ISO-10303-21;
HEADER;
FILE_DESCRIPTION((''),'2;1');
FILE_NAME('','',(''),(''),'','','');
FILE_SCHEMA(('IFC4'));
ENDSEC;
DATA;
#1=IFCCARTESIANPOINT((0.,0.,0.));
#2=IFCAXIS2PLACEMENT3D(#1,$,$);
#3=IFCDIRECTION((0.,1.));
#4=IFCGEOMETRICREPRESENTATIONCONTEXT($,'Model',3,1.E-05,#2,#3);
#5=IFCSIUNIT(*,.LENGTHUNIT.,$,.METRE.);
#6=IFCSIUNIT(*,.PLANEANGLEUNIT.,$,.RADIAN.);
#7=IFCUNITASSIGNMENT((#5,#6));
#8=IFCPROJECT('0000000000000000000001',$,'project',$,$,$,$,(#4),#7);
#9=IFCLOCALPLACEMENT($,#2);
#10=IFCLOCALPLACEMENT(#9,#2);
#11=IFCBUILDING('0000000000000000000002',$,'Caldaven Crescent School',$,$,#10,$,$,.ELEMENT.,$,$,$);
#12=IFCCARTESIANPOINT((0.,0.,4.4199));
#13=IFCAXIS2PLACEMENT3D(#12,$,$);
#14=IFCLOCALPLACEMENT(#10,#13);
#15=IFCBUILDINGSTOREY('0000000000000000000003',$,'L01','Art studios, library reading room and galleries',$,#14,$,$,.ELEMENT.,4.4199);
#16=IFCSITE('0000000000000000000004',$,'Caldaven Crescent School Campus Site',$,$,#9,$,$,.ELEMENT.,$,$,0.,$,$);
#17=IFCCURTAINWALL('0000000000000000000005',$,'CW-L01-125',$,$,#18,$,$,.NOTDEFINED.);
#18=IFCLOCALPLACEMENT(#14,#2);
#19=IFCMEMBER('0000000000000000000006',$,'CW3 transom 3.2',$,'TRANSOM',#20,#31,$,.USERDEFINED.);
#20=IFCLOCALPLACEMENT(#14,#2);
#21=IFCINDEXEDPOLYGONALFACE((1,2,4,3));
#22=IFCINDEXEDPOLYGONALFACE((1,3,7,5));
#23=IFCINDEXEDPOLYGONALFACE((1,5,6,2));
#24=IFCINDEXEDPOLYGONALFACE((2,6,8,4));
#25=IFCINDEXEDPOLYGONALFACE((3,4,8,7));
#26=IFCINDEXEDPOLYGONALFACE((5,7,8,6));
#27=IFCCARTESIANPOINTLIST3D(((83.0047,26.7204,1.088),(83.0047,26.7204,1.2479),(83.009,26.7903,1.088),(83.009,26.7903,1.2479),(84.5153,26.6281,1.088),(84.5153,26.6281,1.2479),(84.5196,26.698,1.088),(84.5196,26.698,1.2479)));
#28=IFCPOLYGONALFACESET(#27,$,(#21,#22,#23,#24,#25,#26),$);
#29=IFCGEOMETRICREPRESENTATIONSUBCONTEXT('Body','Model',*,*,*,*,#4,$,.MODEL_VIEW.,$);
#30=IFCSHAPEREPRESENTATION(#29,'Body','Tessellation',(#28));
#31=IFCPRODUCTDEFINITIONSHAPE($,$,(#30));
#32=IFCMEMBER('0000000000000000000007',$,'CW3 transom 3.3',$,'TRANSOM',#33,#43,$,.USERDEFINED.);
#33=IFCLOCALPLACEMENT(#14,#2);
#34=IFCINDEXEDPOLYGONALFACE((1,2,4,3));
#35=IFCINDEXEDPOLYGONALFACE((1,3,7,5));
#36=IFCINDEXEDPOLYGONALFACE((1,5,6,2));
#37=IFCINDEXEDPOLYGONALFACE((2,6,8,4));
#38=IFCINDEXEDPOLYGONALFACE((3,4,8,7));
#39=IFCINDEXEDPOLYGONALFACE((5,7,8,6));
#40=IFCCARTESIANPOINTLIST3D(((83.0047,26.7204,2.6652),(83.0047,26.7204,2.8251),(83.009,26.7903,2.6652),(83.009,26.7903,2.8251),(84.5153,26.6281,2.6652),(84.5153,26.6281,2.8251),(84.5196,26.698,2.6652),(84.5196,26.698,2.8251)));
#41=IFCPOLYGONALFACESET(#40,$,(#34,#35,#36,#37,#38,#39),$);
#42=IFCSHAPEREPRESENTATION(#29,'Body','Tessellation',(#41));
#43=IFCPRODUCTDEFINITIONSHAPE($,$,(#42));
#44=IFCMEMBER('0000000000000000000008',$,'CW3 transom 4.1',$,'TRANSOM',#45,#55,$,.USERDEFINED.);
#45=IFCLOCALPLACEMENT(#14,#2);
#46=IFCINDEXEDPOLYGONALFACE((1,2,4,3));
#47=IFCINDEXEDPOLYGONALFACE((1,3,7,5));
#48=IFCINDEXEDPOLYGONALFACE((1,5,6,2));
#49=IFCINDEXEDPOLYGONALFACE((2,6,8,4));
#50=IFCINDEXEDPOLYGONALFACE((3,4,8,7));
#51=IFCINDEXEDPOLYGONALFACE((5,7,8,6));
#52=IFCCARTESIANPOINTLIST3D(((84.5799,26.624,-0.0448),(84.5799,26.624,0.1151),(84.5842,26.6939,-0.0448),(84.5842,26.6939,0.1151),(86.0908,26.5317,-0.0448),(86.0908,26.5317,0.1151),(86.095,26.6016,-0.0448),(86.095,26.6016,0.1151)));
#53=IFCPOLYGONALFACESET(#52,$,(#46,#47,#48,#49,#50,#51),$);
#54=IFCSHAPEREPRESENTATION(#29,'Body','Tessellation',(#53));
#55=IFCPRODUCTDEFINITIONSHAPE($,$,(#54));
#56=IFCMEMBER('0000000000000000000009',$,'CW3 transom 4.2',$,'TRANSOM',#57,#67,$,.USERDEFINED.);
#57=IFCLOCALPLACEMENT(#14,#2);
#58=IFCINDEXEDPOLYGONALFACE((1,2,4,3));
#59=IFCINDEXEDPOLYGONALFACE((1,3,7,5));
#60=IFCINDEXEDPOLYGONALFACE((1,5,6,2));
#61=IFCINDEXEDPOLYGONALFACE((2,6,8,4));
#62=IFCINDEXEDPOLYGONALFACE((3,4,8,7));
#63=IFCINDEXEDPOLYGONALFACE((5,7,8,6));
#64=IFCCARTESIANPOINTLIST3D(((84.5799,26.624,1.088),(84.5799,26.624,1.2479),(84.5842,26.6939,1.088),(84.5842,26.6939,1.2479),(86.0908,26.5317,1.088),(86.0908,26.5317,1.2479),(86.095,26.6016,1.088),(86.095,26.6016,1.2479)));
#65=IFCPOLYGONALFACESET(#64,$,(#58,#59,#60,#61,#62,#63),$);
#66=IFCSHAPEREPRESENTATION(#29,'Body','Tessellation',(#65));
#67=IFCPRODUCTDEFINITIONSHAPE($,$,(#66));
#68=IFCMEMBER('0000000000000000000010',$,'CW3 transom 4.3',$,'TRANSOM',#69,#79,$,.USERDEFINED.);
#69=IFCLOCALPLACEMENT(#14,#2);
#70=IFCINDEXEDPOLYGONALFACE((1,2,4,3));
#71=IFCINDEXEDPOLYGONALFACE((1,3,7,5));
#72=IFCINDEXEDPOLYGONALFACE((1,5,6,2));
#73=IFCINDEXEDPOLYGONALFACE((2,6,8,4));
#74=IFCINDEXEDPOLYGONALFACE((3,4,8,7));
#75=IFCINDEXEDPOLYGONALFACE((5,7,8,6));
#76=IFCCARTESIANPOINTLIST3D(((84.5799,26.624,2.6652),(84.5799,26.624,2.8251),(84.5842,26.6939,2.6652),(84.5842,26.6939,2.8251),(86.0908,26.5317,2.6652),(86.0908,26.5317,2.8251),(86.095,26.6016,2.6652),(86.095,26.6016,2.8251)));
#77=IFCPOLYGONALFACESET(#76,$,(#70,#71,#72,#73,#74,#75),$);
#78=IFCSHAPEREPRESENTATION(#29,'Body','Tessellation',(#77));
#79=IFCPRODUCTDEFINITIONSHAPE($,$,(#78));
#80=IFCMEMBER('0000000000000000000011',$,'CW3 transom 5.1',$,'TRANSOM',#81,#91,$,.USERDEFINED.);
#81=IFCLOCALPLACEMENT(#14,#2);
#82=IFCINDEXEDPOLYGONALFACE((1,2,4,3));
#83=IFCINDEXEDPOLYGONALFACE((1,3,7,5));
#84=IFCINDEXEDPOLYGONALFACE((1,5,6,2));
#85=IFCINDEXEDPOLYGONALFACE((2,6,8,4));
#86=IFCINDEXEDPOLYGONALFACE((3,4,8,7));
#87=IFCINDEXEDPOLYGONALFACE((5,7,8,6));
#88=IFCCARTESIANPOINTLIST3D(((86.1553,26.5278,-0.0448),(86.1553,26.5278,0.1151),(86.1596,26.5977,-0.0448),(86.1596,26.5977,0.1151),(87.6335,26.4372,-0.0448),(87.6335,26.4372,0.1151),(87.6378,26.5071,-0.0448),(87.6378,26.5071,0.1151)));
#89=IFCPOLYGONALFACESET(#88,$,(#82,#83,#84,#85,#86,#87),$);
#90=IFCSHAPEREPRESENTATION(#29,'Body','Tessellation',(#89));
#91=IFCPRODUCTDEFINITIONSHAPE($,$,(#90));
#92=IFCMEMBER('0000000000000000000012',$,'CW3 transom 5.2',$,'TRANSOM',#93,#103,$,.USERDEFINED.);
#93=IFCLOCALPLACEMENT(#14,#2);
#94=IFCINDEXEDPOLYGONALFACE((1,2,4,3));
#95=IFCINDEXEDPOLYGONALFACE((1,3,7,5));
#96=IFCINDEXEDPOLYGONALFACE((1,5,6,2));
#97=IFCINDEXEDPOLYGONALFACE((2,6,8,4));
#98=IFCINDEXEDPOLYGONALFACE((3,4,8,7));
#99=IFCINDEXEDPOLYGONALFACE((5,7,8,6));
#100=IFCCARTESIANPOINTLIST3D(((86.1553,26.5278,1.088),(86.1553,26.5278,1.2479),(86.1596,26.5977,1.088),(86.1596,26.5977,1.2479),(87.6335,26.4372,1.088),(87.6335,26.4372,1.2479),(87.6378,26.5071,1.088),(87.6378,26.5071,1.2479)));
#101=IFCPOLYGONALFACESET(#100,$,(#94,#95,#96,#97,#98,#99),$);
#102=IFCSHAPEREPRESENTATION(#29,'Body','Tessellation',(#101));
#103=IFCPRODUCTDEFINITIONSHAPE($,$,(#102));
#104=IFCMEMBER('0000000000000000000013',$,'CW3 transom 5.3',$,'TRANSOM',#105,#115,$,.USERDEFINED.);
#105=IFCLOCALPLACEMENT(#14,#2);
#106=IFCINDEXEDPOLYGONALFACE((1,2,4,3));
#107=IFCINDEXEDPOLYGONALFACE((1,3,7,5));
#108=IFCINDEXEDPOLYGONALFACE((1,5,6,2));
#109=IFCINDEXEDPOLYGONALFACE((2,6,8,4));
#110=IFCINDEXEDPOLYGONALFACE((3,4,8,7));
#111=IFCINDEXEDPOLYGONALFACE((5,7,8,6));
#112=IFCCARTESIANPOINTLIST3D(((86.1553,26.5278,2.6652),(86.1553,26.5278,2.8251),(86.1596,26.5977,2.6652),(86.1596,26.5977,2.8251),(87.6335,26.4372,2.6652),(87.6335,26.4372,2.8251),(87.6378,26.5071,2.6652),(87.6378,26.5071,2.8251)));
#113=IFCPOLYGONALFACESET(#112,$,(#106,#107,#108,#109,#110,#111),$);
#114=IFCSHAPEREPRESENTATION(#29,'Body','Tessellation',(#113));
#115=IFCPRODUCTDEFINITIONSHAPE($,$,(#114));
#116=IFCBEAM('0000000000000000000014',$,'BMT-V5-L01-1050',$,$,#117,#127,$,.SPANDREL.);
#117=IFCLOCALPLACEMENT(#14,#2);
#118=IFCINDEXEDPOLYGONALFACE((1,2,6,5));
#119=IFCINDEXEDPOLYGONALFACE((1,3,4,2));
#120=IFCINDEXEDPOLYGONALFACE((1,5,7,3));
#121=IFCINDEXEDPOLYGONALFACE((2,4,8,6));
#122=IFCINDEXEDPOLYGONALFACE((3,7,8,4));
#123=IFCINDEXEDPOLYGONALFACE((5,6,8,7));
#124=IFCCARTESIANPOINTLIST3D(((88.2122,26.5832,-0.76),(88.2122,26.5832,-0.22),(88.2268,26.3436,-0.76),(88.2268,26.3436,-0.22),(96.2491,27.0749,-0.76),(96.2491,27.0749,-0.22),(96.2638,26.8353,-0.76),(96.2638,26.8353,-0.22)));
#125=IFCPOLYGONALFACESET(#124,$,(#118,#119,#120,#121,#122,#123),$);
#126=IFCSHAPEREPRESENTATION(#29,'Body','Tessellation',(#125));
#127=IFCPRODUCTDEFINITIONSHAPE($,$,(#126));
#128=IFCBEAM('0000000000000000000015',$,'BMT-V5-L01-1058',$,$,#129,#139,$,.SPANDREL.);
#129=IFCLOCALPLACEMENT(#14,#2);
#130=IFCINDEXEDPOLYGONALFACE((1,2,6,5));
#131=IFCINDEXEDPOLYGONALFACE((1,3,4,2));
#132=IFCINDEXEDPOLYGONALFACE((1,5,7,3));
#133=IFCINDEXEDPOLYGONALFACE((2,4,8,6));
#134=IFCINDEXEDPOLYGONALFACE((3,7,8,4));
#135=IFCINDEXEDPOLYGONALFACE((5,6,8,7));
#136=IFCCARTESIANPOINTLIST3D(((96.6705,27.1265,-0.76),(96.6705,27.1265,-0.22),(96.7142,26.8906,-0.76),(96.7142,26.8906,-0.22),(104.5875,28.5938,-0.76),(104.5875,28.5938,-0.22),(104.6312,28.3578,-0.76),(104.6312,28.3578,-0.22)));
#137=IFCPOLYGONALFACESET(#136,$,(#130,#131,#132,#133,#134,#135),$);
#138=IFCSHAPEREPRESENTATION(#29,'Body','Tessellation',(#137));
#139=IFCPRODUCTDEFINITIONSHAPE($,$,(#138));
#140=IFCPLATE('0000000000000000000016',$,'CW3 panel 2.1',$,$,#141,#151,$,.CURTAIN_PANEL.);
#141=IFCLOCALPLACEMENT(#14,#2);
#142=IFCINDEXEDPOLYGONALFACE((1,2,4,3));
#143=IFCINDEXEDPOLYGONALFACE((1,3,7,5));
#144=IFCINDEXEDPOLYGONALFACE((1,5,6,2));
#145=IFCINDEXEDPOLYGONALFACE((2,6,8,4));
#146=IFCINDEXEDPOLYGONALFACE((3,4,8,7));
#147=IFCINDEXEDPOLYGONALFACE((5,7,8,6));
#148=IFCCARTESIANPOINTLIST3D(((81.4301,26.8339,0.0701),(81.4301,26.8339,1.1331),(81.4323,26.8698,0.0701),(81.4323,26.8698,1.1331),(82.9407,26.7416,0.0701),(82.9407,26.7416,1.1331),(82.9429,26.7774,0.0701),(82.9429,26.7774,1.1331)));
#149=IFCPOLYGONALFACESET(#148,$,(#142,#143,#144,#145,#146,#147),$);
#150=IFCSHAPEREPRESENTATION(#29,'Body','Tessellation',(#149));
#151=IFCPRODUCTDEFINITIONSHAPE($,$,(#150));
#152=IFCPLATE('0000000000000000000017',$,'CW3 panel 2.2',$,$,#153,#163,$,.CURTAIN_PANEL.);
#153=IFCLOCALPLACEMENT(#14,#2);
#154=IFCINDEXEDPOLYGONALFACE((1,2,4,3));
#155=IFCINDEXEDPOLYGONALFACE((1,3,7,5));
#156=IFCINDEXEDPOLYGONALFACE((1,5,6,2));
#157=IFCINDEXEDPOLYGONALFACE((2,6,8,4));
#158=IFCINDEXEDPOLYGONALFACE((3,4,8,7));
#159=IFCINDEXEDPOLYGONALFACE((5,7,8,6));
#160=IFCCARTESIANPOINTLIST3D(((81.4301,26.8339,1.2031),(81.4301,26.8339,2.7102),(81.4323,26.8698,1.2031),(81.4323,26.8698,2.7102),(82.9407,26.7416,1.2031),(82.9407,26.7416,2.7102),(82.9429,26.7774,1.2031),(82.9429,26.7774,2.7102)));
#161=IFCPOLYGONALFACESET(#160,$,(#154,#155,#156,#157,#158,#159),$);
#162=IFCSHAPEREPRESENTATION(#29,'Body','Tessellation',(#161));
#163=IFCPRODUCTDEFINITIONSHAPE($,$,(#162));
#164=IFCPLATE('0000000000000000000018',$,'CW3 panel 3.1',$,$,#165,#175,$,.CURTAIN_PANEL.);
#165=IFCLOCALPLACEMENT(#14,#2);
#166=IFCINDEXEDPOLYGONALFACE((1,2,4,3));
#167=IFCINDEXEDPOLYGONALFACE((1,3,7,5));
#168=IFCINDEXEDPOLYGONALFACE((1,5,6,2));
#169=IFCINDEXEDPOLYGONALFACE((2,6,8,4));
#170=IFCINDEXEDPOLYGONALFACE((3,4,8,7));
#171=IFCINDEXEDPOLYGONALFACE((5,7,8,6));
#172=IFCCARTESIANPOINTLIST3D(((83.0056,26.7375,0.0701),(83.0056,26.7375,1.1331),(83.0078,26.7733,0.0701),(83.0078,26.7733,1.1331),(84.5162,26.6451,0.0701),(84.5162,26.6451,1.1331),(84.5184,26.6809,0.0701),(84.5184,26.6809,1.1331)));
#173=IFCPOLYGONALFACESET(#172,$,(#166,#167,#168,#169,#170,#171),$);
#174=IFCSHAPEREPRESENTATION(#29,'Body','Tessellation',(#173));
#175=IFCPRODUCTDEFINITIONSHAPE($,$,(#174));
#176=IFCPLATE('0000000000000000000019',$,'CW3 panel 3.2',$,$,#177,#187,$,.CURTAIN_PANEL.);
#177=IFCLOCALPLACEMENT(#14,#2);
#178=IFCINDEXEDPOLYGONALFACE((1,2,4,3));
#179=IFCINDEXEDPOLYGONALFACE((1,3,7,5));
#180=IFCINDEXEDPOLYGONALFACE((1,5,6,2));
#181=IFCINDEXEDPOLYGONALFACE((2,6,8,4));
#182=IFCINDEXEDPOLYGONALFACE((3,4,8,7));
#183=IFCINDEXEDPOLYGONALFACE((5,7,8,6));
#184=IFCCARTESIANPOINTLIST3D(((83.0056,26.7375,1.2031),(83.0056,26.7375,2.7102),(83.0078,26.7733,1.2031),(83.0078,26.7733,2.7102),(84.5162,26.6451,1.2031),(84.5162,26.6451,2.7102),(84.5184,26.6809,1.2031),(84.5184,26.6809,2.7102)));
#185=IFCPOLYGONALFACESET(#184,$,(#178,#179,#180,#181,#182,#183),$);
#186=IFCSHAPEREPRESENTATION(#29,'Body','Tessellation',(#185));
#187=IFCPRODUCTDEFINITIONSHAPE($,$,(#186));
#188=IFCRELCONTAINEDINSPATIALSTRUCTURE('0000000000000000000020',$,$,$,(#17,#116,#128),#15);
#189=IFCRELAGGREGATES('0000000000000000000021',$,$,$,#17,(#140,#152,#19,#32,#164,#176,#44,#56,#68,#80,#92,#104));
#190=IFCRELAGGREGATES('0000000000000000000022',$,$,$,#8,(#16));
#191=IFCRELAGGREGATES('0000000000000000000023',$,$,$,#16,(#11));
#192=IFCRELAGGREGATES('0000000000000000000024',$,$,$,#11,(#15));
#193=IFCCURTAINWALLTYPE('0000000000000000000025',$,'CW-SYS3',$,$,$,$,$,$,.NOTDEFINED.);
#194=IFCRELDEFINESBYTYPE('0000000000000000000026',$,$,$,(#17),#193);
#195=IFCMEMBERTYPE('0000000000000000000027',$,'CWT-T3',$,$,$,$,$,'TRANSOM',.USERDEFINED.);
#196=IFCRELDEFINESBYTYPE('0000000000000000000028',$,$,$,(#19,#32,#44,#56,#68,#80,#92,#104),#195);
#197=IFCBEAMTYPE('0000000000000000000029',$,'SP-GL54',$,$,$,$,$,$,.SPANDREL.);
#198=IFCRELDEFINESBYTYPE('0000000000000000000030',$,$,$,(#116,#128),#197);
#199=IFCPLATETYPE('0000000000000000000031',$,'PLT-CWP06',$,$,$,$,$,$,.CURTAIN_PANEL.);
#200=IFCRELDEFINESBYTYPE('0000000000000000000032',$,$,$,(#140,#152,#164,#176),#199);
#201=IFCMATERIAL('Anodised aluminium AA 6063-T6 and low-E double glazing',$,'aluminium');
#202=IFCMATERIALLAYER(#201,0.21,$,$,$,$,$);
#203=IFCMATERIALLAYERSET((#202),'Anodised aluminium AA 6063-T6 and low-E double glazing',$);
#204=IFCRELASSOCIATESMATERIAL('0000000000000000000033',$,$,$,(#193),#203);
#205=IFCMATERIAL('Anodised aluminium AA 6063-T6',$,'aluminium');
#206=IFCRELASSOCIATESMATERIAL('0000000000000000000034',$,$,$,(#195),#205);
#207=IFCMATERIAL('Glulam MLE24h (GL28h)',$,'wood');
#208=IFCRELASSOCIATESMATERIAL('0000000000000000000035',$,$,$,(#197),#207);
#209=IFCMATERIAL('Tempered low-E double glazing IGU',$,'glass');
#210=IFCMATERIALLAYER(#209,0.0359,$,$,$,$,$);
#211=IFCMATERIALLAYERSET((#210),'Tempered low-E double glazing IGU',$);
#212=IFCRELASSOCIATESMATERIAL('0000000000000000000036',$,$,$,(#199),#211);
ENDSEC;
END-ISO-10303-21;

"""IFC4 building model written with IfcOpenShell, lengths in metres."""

from ifc_helpers import new_model, si_unit, direction, frame, origin, origin_2d, place, context, subcontext, project, spatial, rectangle, extrude, material, layer, layer_set, material_profile, profile_set, type_object, element, aggregate, save


model = new_model("IFC4")

# Units and contexts
model_context = context("Model", 3, precision=1e-05, world=origin(), true_north=direction((0.0, 1.0)))
body_context = subcontext(model_context, "Body", "Model", "MODEL_VIEW")
ifc_project = project(units=[si_unit("LENGTHUNIT", "METRE"), si_unit("PLANEANGLEUNIT", "RADIAN")], contexts=[model_context])

# Site, building, storey
site_placement = place(None, origin())
site = spatial("IfcSite", under=ifc_project, at=site_placement, Name="Caldaven Crescent School Campus Site", CompositionType="ELEMENT", RefElevation=0.0)
building_placement = place(site_placement, origin())
building = spatial("IfcBuilding", under=site, at=building_placement, Name="Caldaven Crescent School", CompositionType="ELEMENT")
storey_placement = place(building_placement, frame((0.0, 0.0, 4.4199)))
storey = spatial("IfcBuildingStorey", under=building, at=storey_placement, Name="L01", Description="Art studios, library reading room and galleries", CompositionType="ELEMENT", Elevation=4.4199)

# Shared definitions
ifc_material_1 = material(Name="Glulam MLE24h (GL28h)", Category="wood")

# Shared definitions
ifc_material_2 = material(Name="Anodised aluminium AA 6063-T6 and low-E double glazing", Category="aluminium")
ifc_material_3 = material(Name="Anodised aluminium AA 6063-T6", Category="aluminium")

# Curtain wall
ifc_layer_1 = layer(ifc_material_2, 0.21)
ifc_layer_set_1 = layer_set([ifc_layer_1], Name="Anodised aluminium AA 6063-T6 and low-E double glazing")
curtain_wall_type_1 = type_object("IfcCurtainWallType", Name="CW-SYS3", PredefinedType="NOTDEFINED", material=ifc_layer_set_1)
curtain_wall_1_placement = place(storey_placement, origin())
curtain_wall_1 = element("IfcCurtainWall", 1, at=curtain_wall_1_placement, inside=storey, type_object=curtain_wall_type_1, Name="CW-L01-125", PredefinedType="NOTDEFINED")

# Members
ifc_material_profile_1 = material_profile(ifc_material_3, rectangle(XDim=0.0701, YDim=0.1599, at=origin_2d()), Name="CWT 70x160")
ifc_profile_set_1 = profile_set([ifc_material_profile_1], Name="Anodised aluminium AA 6063-T6")
member_type_1 = type_object("IfcMemberType", Name="CWT-T3", ElementType="TRANSOM", PredefinedType="USERDEFINED", material=ifc_profile_set_1)
member_1_placement = place(storey_placement, frame((83.0068, 26.7554, 1.168), z_axis=(0.998139, -0.060982, 0.0), x_axis=(0.060982, 0.998139, 0.0)))
member_1 = element("IfcMember", 2, at=member_1_placement, type_object=member_type_1, Name="CW3 transom 3.2", ObjectType="TRANSOM", PredefinedType="USERDEFINED", context=body_context, shape_type="SweptSolid", body=[
    extrude(rectangle(XDim=0.0701, YDim=0.1599, at=origin_2d()), origin(), (0.0, 0.0, 1.0), 1.5134),
])
member_2_placement = place(storey_placement, frame((83.0068, 26.7554, 2.7451), z_axis=(0.998139, -0.060982, 0.0), x_axis=(0.060982, 0.998139, 0.0)))
member_2 = element("IfcMember", 3, at=member_2_placement, type_object=member_type_1, Name="CW3 transom 3.3", ObjectType="TRANSOM", PredefinedType="USERDEFINED", context=body_context, shape_type="SweptSolid", body=[
    extrude(rectangle(XDim=0.0701, YDim=0.1599, at=origin_2d()), origin(), (0.0, 0.0, 1.0), 1.5134),
])
member_3_placement = place(storey_placement, frame((84.582, 26.6589, 0.0352), z_axis=(0.998139, -0.060972, 0.0), x_axis=(0.060972, 0.998139, 0.0)))
member_3 = element("IfcMember", 4, at=member_3_placement, type_object=member_type_1, Name="CW3 transom 4.1", ObjectType="TRANSOM", PredefinedType="USERDEFINED", context=body_context, shape_type="SweptSolid", body=[
    extrude(rectangle(XDim=0.0701, YDim=0.1599, at=origin_2d()), origin(), (0.0, 0.0, 1.0), 1.5137),
])
member_4_placement = place(storey_placement, frame((84.582, 26.6589, 1.168), z_axis=(0.998139, -0.060972, 0.0), x_axis=(0.060972, 0.998139, 0.0)))
member_4 = element("IfcMember", 5, at=member_4_placement, type_object=member_type_1, Name="CW3 transom 4.2", ObjectType="TRANSOM", PredefinedType="USERDEFINED", context=body_context, shape_type="SweptSolid", body=[
    extrude(rectangle(XDim=0.0701, YDim=0.1599, at=origin_2d()), origin(), (0.0, 0.0, 1.0), 1.5137),
])
member_5_placement = place(storey_placement, frame((84.582, 26.6589, 2.7451), z_axis=(0.998139, -0.060972, 0.0), x_axis=(0.060972, 0.998139, 0.0)))
member_5 = element("IfcMember", 6, at=member_5_placement, type_object=member_type_1, Name="CW3 transom 4.3", ObjectType="TRANSOM", PredefinedType="USERDEFINED", context=body_context, shape_type="SweptSolid", body=[
    extrude(rectangle(XDim=0.0701, YDim=0.1599, at=origin_2d()), origin(), (0.0, 0.0, 1.0), 1.5137),
])
member_6_placement = place(storey_placement, frame((86.1575, 26.5627, 0.0352), z_axis=(0.998128, -0.061157, 0.0), x_axis=(0.061157, 0.998128, 0.0)))
member_6 = element("IfcMember", 7, at=member_6_placement, type_object=member_type_1, Name="CW3 transom 5.1", ObjectType="TRANSOM", PredefinedType="USERDEFINED", context=body_context, shape_type="SweptSolid", body=[
    extrude(rectangle(XDim=0.0701, YDim=0.1599, at=origin_2d()), origin(), (0.0, 0.0, 1.0), 1.481),
])
member_7_placement = place(storey_placement, frame((86.1575, 26.5627, 1.168), z_axis=(0.998128, -0.061157, 0.0), x_axis=(0.061157, 0.998128, 0.0)))
member_7 = element("IfcMember", 8, at=member_7_placement, type_object=member_type_1, Name="CW3 transom 5.2", ObjectType="TRANSOM", PredefinedType="USERDEFINED", context=body_context, shape_type="SweptSolid", body=[
    extrude(rectangle(XDim=0.0701, YDim=0.1599, at=origin_2d()), origin(), (0.0, 0.0, 1.0), 1.481),
])
member_8_placement = place(storey_placement, frame((86.1575, 26.5627, 2.7451), z_axis=(0.998128, -0.061157, 0.0), x_axis=(0.061157, 0.998128, 0.0)))
member_8 = element("IfcMember", 9, at=member_8_placement, type_object=member_type_1, Name="CW3 transom 5.3", ObjectType="TRANSOM", PredefinedType="USERDEFINED", context=body_context, shape_type="SweptSolid", body=[
    extrude(rectangle(XDim=0.0701, YDim=0.1599, at=origin_2d()), origin(), (0.0, 0.0, 1.0), 1.481),
])

# Beams
ifc_material_profile_2 = material_profile(ifc_material_1, rectangle(XDim=0.24, YDim=0.54, at=origin_2d()), Name="MLE 240x540")
ifc_profile_set_2 = profile_set([ifc_material_profile_2], Name="Glulam MLE24h (GL28h)")
beam_type = type_object("IfcBeamType", Name="SP-GL54", PredefinedType="SPANDREL", material=ifc_profile_set_2)
beam_1_placement = place(storey_placement, frame((88.2195, 26.4634, -0.49), z_axis=(0.998134, 0.061066, 0.0), x_axis=(-0.061066, 0.998134, 0.0)))
element("IfcBeam", 10, at=beam_1_placement, inside=storey, type_object=beam_type, Name="BMT-V5-L01-1050", PredefinedType="SPANDREL", context=body_context, shape_type="SweptSolid", body=[
    extrude(rectangle(XDim=0.24, YDim=0.54, at=origin_2d()), origin(), (0.0, 0.0, 1.0), 8.052),
])
beam_2_placement = place(storey_placement, frame((96.6924, 27.0085, -0.49), z_axis=(0.983256, 0.18223, 0.0), x_axis=(-0.18223, 0.983256, 0.0)))
element("IfcBeam", 11, at=beam_2_placement, inside=storey, type_object=beam_type, Name="BMT-V5-L01-1058", PredefinedType="SPANDREL", context=body_context, shape_type="SweptSolid", body=[
    extrude(rectangle(XDim=0.24, YDim=0.54, at=origin_2d()), origin(), (0.0, 0.0, 1.0), 8.0518),
])

# Plates
ifc_material_4 = material(Name="Tempered low-E double glazing IGU", Category="glass")
ifc_layer_2 = layer(ifc_material_4, 0.0359)
ifc_layer_set_2 = layer_set([ifc_layer_2], Name="Tempered low-E double glazing IGU")
plate_type = type_object("IfcPlateType", Name="PLT-CWP06", PredefinedType="CURTAIN_PANEL", material=ifc_layer_set_2)
plate_1_placement = place(storey_placement, frame((82.1865, 26.8057, 0.0701), z_axis=(0.0, 0.0, 1.0), x_axis=(0.998135, -0.061049, 0.0)))
plate_1 = element("IfcPlate", 12, at=plate_1_placement, type_object=plate_type, Name="CW3 panel 2.1", PredefinedType="CURTAIN_PANEL", context=body_context, shape_type="SweptSolid", body=[
    extrude(rectangle(XDim=1.5134, YDim=0.0359, at=origin_2d()), origin(), (0.0, 0.0, 1.0), 1.063),
])
plate_2_placement = place(storey_placement, frame((82.1865, 26.8057, 1.2031), z_axis=(0.0, 0.0, 1.0), x_axis=(0.998135, -0.061049, 0.0)))
plate_2 = element("IfcPlate", 13, at=plate_2_placement, type_object=plate_type, Name="CW3 panel 2.2", PredefinedType="CURTAIN_PANEL", context=body_context, shape_type="SweptSolid", body=[
    extrude(rectangle(XDim=1.5134, YDim=0.0359, at=origin_2d()), origin(), (0.0, 0.0, 1.0), 1.5071),
])
plate_3_placement = place(storey_placement, frame((83.762, 26.7092, 0.0701), z_axis=(0.0, 0.0, 1.0), x_axis=(0.998135, -0.061049, 0.0)))
plate_3 = element("IfcPlate", 14, at=plate_3_placement, type_object=plate_type, Name="CW3 panel 3.1", PredefinedType="CURTAIN_PANEL", context=body_context, shape_type="SweptSolid", body=[
    extrude(rectangle(XDim=1.5134, YDim=0.0359, at=origin_2d()), origin(), (0.0, 0.0, 1.0), 1.063),
])
plate_4_placement = place(storey_placement, frame((83.762, 26.7092, 1.2031), z_axis=(0.0, 0.0, 1.0), x_axis=(0.998135, -0.061049, 0.0)))
plate_4 = element("IfcPlate", 15, at=plate_4_placement, type_object=plate_type, Name="CW3 panel 3.2", PredefinedType="CURTAIN_PANEL", context=body_context, shape_type="SweptSolid", body=[
    extrude(rectangle(XDim=1.5134, YDim=0.0359, at=origin_2d()), origin(), (0.0, 0.0, 1.0), 1.5071),
])
aggregate(curtain_wall_1, [plate_1, plate_2, member_1, member_2, plate_3, plate_4, member_3, member_4, member_5, member_6, member_7, member_8])

save(model, "model.ifc")
